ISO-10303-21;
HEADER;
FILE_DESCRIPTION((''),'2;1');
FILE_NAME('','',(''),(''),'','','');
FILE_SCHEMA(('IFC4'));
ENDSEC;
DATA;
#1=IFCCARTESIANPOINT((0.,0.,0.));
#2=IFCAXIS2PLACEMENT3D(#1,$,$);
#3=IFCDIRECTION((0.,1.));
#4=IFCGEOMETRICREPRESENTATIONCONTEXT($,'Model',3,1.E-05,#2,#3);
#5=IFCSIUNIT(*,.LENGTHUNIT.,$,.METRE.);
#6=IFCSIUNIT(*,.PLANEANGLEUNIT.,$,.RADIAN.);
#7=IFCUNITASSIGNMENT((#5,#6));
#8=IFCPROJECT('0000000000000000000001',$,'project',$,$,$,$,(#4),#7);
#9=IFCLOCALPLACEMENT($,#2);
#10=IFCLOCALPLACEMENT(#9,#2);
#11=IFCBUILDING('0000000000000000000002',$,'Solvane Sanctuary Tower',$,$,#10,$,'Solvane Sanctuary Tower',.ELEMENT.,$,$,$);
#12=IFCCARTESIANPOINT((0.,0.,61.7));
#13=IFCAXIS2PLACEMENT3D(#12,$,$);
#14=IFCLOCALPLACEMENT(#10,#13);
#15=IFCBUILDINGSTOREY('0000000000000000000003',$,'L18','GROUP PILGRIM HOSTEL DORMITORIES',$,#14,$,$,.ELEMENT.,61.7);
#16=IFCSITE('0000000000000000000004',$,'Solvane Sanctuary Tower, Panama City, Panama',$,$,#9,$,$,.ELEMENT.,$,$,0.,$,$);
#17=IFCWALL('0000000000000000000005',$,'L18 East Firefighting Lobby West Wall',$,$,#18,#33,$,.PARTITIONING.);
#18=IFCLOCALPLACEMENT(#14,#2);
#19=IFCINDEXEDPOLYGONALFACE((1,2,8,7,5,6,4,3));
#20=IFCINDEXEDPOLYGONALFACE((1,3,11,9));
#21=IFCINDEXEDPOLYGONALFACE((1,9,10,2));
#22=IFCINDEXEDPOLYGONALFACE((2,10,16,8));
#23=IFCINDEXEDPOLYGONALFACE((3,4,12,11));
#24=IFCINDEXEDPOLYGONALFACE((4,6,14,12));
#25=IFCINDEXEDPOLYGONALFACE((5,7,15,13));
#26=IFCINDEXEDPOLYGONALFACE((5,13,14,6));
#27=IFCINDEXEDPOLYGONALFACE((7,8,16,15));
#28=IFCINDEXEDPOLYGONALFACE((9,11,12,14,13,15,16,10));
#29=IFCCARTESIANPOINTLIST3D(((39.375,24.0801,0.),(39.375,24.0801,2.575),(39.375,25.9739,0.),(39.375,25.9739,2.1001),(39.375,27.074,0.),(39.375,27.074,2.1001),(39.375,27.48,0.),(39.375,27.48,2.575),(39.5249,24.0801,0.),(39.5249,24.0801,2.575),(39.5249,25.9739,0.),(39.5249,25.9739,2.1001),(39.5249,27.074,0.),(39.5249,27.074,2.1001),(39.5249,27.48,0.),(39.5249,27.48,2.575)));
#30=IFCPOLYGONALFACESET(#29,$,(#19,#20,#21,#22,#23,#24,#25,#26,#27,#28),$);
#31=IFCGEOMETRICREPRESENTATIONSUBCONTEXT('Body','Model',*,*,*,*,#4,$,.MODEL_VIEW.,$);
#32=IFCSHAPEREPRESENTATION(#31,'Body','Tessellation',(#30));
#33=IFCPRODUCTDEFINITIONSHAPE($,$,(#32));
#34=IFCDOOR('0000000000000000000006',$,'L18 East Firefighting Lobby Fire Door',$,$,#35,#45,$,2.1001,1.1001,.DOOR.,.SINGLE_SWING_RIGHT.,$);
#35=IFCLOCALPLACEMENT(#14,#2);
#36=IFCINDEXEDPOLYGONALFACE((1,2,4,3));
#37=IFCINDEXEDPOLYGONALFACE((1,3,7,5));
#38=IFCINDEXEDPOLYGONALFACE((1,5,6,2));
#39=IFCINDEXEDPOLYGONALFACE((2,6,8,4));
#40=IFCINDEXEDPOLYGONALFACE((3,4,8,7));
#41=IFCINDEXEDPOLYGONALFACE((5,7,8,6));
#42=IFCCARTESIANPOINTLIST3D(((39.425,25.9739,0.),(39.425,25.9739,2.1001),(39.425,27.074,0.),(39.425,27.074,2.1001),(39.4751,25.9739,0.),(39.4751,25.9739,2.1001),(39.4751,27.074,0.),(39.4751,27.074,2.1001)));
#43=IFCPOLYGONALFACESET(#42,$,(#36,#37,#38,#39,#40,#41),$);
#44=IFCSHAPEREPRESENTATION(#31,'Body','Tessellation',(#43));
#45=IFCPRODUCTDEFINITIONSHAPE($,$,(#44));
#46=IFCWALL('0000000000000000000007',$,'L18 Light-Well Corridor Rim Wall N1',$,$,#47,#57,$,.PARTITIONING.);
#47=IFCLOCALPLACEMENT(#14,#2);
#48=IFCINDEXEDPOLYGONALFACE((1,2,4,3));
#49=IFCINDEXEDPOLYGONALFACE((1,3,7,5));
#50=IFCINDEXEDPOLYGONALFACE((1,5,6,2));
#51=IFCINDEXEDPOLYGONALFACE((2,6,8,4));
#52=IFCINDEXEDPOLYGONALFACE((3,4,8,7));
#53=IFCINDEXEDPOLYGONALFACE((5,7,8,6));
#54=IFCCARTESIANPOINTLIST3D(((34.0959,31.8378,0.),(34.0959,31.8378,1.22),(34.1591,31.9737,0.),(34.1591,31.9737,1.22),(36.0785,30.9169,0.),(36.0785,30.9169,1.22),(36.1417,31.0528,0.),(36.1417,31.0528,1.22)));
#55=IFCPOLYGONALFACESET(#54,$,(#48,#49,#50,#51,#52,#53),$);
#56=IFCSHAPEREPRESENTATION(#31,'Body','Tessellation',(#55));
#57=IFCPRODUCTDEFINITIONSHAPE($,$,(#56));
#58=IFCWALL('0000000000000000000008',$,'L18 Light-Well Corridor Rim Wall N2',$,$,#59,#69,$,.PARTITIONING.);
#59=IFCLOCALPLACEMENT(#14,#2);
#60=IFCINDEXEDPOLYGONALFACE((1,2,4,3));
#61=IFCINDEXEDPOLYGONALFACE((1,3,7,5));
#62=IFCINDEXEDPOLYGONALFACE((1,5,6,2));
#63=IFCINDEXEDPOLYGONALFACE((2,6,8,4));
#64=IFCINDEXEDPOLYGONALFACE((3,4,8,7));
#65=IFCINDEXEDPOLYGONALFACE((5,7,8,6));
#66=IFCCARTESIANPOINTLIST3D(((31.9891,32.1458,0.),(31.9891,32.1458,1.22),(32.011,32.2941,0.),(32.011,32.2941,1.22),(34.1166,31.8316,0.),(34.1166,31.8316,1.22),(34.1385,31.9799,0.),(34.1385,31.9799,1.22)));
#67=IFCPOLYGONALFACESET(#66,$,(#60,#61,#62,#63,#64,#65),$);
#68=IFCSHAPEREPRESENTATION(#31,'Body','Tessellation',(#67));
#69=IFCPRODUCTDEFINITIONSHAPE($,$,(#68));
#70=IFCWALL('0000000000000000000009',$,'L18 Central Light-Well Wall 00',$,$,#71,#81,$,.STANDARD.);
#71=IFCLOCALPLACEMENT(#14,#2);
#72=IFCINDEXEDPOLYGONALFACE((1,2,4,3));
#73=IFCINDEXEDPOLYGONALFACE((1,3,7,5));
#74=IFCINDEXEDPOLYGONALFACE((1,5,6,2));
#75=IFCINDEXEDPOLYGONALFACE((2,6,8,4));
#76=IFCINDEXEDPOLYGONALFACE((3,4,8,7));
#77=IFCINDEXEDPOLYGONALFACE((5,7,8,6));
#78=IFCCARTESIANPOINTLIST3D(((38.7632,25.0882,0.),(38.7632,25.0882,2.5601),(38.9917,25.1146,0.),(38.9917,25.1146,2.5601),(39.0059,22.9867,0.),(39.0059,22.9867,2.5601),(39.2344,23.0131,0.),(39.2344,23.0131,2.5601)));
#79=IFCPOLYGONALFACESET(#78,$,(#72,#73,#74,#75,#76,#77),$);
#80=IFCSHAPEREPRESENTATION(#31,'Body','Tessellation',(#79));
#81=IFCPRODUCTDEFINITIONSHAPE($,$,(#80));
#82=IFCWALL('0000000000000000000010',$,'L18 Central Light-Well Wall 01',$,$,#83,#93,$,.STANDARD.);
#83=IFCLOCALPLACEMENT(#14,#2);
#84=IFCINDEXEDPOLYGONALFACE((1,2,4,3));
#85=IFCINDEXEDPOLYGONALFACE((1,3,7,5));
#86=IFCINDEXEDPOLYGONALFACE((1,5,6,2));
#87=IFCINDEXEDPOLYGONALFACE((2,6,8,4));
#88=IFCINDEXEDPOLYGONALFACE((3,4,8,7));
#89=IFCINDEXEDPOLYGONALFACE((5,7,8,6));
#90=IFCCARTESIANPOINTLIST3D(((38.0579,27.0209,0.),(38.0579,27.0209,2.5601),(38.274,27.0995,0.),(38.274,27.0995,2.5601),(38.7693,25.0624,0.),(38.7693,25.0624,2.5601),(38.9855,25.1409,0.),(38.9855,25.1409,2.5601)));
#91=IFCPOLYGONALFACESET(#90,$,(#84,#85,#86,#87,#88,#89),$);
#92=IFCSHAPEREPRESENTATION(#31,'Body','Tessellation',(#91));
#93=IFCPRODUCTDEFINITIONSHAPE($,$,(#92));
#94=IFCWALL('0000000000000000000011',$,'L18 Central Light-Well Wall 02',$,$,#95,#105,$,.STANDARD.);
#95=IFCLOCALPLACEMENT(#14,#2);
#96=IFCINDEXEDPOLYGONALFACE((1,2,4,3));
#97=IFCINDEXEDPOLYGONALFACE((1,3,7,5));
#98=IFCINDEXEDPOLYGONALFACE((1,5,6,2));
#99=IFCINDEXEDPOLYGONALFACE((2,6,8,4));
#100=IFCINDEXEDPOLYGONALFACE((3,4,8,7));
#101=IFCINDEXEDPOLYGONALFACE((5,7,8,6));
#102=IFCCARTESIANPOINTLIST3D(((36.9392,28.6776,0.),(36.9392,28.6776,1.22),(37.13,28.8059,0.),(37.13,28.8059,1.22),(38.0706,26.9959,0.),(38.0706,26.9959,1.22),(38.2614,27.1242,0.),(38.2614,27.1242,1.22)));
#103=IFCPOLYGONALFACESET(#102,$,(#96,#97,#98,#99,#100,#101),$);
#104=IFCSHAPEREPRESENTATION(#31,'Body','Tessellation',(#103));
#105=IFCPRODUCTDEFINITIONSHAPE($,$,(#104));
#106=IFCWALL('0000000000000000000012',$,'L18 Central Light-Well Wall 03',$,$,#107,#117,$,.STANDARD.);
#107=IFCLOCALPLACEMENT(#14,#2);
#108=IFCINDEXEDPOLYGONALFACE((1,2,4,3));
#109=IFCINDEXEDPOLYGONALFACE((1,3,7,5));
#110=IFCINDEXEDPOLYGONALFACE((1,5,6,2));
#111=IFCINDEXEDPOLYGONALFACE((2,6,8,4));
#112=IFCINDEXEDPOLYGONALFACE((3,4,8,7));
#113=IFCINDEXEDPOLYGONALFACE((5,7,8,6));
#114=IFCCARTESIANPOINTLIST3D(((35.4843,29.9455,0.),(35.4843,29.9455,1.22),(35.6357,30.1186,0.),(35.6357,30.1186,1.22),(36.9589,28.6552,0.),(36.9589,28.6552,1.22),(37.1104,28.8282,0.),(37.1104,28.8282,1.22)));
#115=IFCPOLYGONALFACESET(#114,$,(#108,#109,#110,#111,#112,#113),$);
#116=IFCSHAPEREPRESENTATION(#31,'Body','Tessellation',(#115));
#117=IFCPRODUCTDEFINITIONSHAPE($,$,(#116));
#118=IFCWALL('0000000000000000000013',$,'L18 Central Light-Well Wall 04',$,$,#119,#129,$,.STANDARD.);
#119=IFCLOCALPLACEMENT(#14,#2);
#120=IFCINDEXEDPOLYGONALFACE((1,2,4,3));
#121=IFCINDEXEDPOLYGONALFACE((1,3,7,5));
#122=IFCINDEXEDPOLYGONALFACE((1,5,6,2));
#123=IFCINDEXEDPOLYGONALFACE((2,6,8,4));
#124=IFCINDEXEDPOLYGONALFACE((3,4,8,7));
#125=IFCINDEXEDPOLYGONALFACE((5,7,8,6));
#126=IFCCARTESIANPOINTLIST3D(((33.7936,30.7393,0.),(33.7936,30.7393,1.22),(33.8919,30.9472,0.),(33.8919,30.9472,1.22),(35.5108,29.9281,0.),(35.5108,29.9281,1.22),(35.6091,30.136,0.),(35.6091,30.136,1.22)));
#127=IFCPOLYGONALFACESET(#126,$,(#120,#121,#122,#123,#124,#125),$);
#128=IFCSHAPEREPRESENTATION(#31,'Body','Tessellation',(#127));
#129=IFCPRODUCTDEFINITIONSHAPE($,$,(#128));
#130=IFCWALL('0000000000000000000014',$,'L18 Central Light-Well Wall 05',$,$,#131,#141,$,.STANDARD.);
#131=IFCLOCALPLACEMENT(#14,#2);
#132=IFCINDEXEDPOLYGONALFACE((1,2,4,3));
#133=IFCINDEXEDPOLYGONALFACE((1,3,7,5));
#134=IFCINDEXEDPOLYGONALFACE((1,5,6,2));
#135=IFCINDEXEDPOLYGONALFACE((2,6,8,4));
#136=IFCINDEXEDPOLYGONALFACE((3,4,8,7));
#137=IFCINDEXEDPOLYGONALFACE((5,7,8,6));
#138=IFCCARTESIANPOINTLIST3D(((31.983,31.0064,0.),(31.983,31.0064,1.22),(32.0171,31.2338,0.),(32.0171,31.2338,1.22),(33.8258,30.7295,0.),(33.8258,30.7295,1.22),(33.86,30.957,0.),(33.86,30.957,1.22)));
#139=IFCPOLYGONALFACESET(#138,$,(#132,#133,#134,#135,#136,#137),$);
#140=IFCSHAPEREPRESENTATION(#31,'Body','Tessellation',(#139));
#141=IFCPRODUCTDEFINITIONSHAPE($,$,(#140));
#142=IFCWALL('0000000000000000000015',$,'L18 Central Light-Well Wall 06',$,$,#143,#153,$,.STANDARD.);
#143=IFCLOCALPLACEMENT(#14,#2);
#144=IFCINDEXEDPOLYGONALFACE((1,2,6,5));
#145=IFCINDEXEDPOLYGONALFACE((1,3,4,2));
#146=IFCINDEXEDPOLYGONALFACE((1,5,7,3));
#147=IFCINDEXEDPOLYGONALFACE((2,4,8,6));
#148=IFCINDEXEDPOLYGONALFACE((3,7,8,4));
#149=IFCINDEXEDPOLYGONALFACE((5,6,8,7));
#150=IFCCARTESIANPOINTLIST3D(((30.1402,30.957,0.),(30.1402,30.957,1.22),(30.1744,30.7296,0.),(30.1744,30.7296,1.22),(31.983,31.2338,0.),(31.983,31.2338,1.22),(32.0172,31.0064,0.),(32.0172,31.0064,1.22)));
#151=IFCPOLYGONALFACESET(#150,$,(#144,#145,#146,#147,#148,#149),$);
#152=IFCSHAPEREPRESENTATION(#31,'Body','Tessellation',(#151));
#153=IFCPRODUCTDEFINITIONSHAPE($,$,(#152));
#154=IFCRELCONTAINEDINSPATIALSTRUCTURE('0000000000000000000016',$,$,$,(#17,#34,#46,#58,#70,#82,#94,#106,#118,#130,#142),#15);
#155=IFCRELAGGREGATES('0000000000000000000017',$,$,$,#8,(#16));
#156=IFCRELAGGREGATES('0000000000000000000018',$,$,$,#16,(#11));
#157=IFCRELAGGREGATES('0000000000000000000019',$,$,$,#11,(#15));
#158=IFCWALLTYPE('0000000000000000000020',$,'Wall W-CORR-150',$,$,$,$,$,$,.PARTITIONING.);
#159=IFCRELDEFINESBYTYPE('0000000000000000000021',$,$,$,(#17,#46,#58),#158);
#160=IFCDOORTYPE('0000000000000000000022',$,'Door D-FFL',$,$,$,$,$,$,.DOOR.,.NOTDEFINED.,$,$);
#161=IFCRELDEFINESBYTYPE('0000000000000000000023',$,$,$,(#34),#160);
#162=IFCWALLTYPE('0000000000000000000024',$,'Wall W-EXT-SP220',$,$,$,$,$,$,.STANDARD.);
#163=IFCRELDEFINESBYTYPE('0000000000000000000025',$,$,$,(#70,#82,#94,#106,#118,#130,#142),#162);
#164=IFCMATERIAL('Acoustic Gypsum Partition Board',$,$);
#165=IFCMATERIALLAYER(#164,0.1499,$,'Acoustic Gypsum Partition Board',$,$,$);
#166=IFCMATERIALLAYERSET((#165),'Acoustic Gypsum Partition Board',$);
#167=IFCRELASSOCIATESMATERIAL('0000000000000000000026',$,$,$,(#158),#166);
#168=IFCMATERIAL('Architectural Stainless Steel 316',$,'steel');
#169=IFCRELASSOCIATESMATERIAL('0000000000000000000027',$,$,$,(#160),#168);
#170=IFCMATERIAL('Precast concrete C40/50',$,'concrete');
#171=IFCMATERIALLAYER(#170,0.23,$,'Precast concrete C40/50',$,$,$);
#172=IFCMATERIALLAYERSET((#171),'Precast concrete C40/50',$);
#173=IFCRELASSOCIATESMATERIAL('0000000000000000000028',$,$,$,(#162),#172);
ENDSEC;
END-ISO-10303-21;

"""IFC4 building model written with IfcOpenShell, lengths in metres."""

from ifc_helpers import new_model, si_unit, direction, frame, frame_2d, origin, place, context, subcontext, project, spatial, rectangle, extrude, material, layer, layer_set, type_object, element, fill, save


model = new_model("IFC4")

# Units and contexts
model_context = context("Model", 3, precision=1e-05, world=origin(), true_north=direction((0.0, 1.0)))
body_context = subcontext(model_context, "Body", "Model", "MODEL_VIEW")
ifc_project = project(units=[si_unit("LENGTHUNIT", "METRE"), si_unit("PLANEANGLEUNIT", "RADIAN")], contexts=[model_context])

# Site, building, storey
site_placement = place(None, origin())
site = spatial("IfcSite", under=ifc_project, at=site_placement, Name="Solvane Sanctuary Tower, Panama City, Panama", CompositionType="ELEMENT", RefElevation=0.0)
building_placement = place(site_placement, origin())
building = spatial("IfcBuilding", under=site, at=building_placement, Name="Solvane Sanctuary Tower", LongName="Solvane Sanctuary Tower", CompositionType="ELEMENT")
storey_placement = place(building_placement, frame((0.0, 0.0, 61.7)))
storey = spatial("IfcBuildingStorey", under=building, at=storey_placement, Name="L18", Description="GROUP PILGRIM HOSTEL DORMITORIES", CompositionType="ELEMENT", Elevation=61.7)

# Shared definitions
ifc_material_1 = material(Name="Acoustic Gypsum Partition Board")
ifc_layer_1 = layer(ifc_material_1, 0.1499, Name="Acoustic Gypsum Partition Board")
ifc_layer_set_1 = layer_set([ifc_layer_1], Name="Acoustic Gypsum Partition Board")
wall_type_1 = type_object("IfcWallType", Name="Wall W-CORR-150", PredefinedType="PARTITIONING", material=ifc_layer_set_1)

# Wall, opening, door
wall_1_placement = place(storey_placement, frame((39.45, 24.0801, 0.0), z_axis=(0.0, 0.0, 1.0), x_axis=(0.0, 1.0, 0.0)))
wall_1 = element("IfcWall", 1, at=wall_1_placement, inside=storey, type_object=wall_type_1, Name="L18 East Firefighting Lobby West Wall", PredefinedType="PARTITIONING", context=body_context, shape_type="SweptSolid", body=[
    extrude(rectangle(XDim=3.3999, YDim=0.1499, at=frame_2d((1.7, 0.0))), origin(), (0.0, 0.0, 1.0), 2.575),
])
opening_placement = place(wall_1_placement, frame((1.8938, 0.0, 0.0)))
opening = element("IfcOpeningElement", 2, at=opening_placement, cuts=wall_1, PredefinedType="OPENING", context=body_context, shape_type="SweptSolid", body=[
    extrude(rectangle(XDim=1.1001, YDim=2.1001, at=frame_2d((0.55, 1.05))), frame((0.0, 0.085, 0.0), z_axis=(0.0, -1.0, 0.0), x_axis=(1.0, 0.0, 0.0)), (0.0, 0.0, 1.0), 0.1699),
])
ifc_material_2 = material(Name="Architectural Stainless Steel 316", Category="steel")
door_type = type_object("IfcDoorType", Name="Door D-FFL", OperationType="NOTDEFINED", PredefinedType="DOOR", material=ifc_material_2)
door_placement = place(opening_placement, origin())
door = element("IfcDoor", 3, at=door_placement, inside=storey, type_object=door_type, Name="L18 East Firefighting Lobby Fire Door", OperationType="SINGLE_SWING_RIGHT", OverallHeight=2.1001, OverallWidth=1.1001, PredefinedType="DOOR", context=body_context, shape_type="SweptSolid", body=[
    extrude(rectangle(XDim=1.1001, YDim=2.1001, at=frame_2d((0.55, 1.05))), frame((0.0, 0.0249, 0.0), z_axis=(0.0, -1.0, 0.0), x_axis=(1.0, 0.0, 0.0)), (0.0, 0.0, 1.0), 0.05),
])
fill(opening, door)

# Walls
wall_2_placement = place(storey_placement, frame((36.1101, 30.9849, 0.0), z_axis=(0.0, 0.0, 1.0), x_axis=(-0.906943, 0.421252, 0.0)))
element("IfcWall", 4, at=wall_2_placement, inside=storey, type_object=wall_type_1, Name="L18 Light-Well Corridor Rim Wall N1", PredefinedType="PARTITIONING", context=body_context, shape_type="SweptSolid", body=[
    extrude(rectangle(XDim=2.186, YDim=0.1499, at=frame_2d((1.093, 0.0))), origin(), (0.0, 0.0, 1.0), 1.22),
])
wall_3_placement = place(storey_placement, frame((34.1274, 31.9058, 0.0), z_axis=(0.0, 0.0, 1.0), x_axis=(-0.989269, 0.146108, 0.0)))
element("IfcWall", 5, at=wall_3_placement, inside=storey, type_object=wall_type_1, Name="L18 Light-Well Corridor Rim Wall N2", PredefinedType="PARTITIONING", context=body_context, shape_type="SweptSolid", body=[
    extrude(rectangle(XDim=2.1506, YDim=0.1499, at=frame_2d((1.0752, 0.0))), origin(), (0.0, 0.0, 1.0), 1.22),
])
ifc_material_3 = material(Name="Precast concrete C40/50", Category="concrete")
ifc_layer_2 = layer(ifc_material_3, 0.23, Name="Precast concrete C40/50")
ifc_layer_set_2 = layer_set([ifc_layer_2], Name="Precast concrete C40/50")
wall_type_2 = type_object("IfcWallType", Name="Wall W-EXT-SP220", PredefinedType="STANDARD", material=ifc_layer_set_2)
wall_4_placement = place(storey_placement, frame((39.1201, 23.0, 0.0), z_axis=(0.0, 0.0, 1.0), x_axis=(-0.114712, 0.993399, 0.0)))
element("IfcWall", 6, at=wall_4_placement, inside=storey, type_object=wall_type_2, Name="L18 Central Light-Well Wall 00", PredefinedType="STANDARD", context=body_context, shape_type="SweptSolid", body=[
    extrude(rectangle(XDim=2.1155, YDim=0.23, at=frame_2d((1.0576, 0.0))), origin(), (0.0, 0.0, 1.0), 2.5601),
])
wall_5_placement = place(storey_placement, frame((38.8774, 25.1016, 0.0), z_axis=(0.0, 0.0, 1.0), x_axis=(-0.341423, 0.93991, 0.0)))
element("IfcWall", 7, at=wall_5_placement, inside=storey, type_object=wall_type_2, Name="L18 Central Light-Well Wall 01", PredefinedType="STANDARD", context=body_context, shape_type="SweptSolid", body=[
    extrude(rectangle(XDim=2.0837, YDim=0.23, at=frame_2d((1.042, 0.0))), origin(), (0.0, 0.0, 1.0), 2.5601),
])
wall_6_placement = place(storey_placement, frame((38.166, 27.0601, 0.0), z_axis=(0.0, 0.0, 1.0), x_axis=(-0.558198, 0.829708, 0.0)))
element("IfcWall", 8, at=wall_6_placement, inside=storey, type_object=wall_type_2, Name="L18 Central Light-Well Wall 02", PredefinedType="STANDARD", context=body_context, shape_type="SweptSolid", body=[
    extrude(rectangle(XDim=2.0269, YDim=0.23, at=frame_2d((1.0134, 0.0))), origin(), (0.0, 0.0, 1.0), 1.22),
])
wall_7_placement = place(storey_placement, frame((37.0347, 28.7417, 0.0), z_axis=(0.0, 0.0, 1.0), x_axis=(-0.752577, 0.658505, 0.0)))
element("IfcWall", 9, at=wall_7_placement, inside=storey, type_object=wall_type_2, Name="L18 Central Light-Well Wall 03", PredefinedType="STANDARD", context=body_context, shape_type="SweptSolid", body=[
    extrude(rectangle(XDim=1.9595, YDim=0.23, at=frame_2d((0.9797, 0.0))), origin(), (0.0, 0.0, 1.0), 1.22),
])
wall_8_placement = place(storey_placement, frame((35.5601, 30.032, 0.0), z_axis=(0.0, 0.0, 1.0), x_axis=(-0.90418, 0.427152, 0.0)))
element("IfcWall", 10, at=wall_8_placement, inside=storey, type_object=wall_type_2, Name="L18 Central Light-Well Wall 04", PredefinedType="STANDARD", context=body_context, shape_type="SweptSolid", body=[
    extrude(rectangle(XDim=1.8992, YDim=0.23, at=frame_2d((0.9497, 0.0))), origin(), (0.0, 0.0, 1.0), 1.22),
])
for number, where, z_axis, x_axis, name in (
    (11, (33.8428, 30.8433, 0.0), (0.0, 0.0, 1.0), (-0.988902, 0.148571, 0.0), "L18 Central Light-Well Wall 05"),
    (12, (32.0, 31.1201, 0.0), (0.0, 0.0, 1.0), (-0.988902, -0.148571, 0.0), "L18 Central Light-Well Wall 06"),
):
    element("IfcWall", number, at=place(storey_placement, frame(where, z_axis=z_axis, x_axis=x_axis)), inside=storey, type_object=wall_type_2, Name=name, PredefinedType="STANDARD", context=body_context, shape_type="SweptSolid", body=[
        extrude(rectangle(XDim=1.8635, YDim=0.23, at=frame_2d((0.9316, 0.0))), origin(), (0.0, 0.0, 1.0), 1.22),
    ])

save(model, "model.ifc")
